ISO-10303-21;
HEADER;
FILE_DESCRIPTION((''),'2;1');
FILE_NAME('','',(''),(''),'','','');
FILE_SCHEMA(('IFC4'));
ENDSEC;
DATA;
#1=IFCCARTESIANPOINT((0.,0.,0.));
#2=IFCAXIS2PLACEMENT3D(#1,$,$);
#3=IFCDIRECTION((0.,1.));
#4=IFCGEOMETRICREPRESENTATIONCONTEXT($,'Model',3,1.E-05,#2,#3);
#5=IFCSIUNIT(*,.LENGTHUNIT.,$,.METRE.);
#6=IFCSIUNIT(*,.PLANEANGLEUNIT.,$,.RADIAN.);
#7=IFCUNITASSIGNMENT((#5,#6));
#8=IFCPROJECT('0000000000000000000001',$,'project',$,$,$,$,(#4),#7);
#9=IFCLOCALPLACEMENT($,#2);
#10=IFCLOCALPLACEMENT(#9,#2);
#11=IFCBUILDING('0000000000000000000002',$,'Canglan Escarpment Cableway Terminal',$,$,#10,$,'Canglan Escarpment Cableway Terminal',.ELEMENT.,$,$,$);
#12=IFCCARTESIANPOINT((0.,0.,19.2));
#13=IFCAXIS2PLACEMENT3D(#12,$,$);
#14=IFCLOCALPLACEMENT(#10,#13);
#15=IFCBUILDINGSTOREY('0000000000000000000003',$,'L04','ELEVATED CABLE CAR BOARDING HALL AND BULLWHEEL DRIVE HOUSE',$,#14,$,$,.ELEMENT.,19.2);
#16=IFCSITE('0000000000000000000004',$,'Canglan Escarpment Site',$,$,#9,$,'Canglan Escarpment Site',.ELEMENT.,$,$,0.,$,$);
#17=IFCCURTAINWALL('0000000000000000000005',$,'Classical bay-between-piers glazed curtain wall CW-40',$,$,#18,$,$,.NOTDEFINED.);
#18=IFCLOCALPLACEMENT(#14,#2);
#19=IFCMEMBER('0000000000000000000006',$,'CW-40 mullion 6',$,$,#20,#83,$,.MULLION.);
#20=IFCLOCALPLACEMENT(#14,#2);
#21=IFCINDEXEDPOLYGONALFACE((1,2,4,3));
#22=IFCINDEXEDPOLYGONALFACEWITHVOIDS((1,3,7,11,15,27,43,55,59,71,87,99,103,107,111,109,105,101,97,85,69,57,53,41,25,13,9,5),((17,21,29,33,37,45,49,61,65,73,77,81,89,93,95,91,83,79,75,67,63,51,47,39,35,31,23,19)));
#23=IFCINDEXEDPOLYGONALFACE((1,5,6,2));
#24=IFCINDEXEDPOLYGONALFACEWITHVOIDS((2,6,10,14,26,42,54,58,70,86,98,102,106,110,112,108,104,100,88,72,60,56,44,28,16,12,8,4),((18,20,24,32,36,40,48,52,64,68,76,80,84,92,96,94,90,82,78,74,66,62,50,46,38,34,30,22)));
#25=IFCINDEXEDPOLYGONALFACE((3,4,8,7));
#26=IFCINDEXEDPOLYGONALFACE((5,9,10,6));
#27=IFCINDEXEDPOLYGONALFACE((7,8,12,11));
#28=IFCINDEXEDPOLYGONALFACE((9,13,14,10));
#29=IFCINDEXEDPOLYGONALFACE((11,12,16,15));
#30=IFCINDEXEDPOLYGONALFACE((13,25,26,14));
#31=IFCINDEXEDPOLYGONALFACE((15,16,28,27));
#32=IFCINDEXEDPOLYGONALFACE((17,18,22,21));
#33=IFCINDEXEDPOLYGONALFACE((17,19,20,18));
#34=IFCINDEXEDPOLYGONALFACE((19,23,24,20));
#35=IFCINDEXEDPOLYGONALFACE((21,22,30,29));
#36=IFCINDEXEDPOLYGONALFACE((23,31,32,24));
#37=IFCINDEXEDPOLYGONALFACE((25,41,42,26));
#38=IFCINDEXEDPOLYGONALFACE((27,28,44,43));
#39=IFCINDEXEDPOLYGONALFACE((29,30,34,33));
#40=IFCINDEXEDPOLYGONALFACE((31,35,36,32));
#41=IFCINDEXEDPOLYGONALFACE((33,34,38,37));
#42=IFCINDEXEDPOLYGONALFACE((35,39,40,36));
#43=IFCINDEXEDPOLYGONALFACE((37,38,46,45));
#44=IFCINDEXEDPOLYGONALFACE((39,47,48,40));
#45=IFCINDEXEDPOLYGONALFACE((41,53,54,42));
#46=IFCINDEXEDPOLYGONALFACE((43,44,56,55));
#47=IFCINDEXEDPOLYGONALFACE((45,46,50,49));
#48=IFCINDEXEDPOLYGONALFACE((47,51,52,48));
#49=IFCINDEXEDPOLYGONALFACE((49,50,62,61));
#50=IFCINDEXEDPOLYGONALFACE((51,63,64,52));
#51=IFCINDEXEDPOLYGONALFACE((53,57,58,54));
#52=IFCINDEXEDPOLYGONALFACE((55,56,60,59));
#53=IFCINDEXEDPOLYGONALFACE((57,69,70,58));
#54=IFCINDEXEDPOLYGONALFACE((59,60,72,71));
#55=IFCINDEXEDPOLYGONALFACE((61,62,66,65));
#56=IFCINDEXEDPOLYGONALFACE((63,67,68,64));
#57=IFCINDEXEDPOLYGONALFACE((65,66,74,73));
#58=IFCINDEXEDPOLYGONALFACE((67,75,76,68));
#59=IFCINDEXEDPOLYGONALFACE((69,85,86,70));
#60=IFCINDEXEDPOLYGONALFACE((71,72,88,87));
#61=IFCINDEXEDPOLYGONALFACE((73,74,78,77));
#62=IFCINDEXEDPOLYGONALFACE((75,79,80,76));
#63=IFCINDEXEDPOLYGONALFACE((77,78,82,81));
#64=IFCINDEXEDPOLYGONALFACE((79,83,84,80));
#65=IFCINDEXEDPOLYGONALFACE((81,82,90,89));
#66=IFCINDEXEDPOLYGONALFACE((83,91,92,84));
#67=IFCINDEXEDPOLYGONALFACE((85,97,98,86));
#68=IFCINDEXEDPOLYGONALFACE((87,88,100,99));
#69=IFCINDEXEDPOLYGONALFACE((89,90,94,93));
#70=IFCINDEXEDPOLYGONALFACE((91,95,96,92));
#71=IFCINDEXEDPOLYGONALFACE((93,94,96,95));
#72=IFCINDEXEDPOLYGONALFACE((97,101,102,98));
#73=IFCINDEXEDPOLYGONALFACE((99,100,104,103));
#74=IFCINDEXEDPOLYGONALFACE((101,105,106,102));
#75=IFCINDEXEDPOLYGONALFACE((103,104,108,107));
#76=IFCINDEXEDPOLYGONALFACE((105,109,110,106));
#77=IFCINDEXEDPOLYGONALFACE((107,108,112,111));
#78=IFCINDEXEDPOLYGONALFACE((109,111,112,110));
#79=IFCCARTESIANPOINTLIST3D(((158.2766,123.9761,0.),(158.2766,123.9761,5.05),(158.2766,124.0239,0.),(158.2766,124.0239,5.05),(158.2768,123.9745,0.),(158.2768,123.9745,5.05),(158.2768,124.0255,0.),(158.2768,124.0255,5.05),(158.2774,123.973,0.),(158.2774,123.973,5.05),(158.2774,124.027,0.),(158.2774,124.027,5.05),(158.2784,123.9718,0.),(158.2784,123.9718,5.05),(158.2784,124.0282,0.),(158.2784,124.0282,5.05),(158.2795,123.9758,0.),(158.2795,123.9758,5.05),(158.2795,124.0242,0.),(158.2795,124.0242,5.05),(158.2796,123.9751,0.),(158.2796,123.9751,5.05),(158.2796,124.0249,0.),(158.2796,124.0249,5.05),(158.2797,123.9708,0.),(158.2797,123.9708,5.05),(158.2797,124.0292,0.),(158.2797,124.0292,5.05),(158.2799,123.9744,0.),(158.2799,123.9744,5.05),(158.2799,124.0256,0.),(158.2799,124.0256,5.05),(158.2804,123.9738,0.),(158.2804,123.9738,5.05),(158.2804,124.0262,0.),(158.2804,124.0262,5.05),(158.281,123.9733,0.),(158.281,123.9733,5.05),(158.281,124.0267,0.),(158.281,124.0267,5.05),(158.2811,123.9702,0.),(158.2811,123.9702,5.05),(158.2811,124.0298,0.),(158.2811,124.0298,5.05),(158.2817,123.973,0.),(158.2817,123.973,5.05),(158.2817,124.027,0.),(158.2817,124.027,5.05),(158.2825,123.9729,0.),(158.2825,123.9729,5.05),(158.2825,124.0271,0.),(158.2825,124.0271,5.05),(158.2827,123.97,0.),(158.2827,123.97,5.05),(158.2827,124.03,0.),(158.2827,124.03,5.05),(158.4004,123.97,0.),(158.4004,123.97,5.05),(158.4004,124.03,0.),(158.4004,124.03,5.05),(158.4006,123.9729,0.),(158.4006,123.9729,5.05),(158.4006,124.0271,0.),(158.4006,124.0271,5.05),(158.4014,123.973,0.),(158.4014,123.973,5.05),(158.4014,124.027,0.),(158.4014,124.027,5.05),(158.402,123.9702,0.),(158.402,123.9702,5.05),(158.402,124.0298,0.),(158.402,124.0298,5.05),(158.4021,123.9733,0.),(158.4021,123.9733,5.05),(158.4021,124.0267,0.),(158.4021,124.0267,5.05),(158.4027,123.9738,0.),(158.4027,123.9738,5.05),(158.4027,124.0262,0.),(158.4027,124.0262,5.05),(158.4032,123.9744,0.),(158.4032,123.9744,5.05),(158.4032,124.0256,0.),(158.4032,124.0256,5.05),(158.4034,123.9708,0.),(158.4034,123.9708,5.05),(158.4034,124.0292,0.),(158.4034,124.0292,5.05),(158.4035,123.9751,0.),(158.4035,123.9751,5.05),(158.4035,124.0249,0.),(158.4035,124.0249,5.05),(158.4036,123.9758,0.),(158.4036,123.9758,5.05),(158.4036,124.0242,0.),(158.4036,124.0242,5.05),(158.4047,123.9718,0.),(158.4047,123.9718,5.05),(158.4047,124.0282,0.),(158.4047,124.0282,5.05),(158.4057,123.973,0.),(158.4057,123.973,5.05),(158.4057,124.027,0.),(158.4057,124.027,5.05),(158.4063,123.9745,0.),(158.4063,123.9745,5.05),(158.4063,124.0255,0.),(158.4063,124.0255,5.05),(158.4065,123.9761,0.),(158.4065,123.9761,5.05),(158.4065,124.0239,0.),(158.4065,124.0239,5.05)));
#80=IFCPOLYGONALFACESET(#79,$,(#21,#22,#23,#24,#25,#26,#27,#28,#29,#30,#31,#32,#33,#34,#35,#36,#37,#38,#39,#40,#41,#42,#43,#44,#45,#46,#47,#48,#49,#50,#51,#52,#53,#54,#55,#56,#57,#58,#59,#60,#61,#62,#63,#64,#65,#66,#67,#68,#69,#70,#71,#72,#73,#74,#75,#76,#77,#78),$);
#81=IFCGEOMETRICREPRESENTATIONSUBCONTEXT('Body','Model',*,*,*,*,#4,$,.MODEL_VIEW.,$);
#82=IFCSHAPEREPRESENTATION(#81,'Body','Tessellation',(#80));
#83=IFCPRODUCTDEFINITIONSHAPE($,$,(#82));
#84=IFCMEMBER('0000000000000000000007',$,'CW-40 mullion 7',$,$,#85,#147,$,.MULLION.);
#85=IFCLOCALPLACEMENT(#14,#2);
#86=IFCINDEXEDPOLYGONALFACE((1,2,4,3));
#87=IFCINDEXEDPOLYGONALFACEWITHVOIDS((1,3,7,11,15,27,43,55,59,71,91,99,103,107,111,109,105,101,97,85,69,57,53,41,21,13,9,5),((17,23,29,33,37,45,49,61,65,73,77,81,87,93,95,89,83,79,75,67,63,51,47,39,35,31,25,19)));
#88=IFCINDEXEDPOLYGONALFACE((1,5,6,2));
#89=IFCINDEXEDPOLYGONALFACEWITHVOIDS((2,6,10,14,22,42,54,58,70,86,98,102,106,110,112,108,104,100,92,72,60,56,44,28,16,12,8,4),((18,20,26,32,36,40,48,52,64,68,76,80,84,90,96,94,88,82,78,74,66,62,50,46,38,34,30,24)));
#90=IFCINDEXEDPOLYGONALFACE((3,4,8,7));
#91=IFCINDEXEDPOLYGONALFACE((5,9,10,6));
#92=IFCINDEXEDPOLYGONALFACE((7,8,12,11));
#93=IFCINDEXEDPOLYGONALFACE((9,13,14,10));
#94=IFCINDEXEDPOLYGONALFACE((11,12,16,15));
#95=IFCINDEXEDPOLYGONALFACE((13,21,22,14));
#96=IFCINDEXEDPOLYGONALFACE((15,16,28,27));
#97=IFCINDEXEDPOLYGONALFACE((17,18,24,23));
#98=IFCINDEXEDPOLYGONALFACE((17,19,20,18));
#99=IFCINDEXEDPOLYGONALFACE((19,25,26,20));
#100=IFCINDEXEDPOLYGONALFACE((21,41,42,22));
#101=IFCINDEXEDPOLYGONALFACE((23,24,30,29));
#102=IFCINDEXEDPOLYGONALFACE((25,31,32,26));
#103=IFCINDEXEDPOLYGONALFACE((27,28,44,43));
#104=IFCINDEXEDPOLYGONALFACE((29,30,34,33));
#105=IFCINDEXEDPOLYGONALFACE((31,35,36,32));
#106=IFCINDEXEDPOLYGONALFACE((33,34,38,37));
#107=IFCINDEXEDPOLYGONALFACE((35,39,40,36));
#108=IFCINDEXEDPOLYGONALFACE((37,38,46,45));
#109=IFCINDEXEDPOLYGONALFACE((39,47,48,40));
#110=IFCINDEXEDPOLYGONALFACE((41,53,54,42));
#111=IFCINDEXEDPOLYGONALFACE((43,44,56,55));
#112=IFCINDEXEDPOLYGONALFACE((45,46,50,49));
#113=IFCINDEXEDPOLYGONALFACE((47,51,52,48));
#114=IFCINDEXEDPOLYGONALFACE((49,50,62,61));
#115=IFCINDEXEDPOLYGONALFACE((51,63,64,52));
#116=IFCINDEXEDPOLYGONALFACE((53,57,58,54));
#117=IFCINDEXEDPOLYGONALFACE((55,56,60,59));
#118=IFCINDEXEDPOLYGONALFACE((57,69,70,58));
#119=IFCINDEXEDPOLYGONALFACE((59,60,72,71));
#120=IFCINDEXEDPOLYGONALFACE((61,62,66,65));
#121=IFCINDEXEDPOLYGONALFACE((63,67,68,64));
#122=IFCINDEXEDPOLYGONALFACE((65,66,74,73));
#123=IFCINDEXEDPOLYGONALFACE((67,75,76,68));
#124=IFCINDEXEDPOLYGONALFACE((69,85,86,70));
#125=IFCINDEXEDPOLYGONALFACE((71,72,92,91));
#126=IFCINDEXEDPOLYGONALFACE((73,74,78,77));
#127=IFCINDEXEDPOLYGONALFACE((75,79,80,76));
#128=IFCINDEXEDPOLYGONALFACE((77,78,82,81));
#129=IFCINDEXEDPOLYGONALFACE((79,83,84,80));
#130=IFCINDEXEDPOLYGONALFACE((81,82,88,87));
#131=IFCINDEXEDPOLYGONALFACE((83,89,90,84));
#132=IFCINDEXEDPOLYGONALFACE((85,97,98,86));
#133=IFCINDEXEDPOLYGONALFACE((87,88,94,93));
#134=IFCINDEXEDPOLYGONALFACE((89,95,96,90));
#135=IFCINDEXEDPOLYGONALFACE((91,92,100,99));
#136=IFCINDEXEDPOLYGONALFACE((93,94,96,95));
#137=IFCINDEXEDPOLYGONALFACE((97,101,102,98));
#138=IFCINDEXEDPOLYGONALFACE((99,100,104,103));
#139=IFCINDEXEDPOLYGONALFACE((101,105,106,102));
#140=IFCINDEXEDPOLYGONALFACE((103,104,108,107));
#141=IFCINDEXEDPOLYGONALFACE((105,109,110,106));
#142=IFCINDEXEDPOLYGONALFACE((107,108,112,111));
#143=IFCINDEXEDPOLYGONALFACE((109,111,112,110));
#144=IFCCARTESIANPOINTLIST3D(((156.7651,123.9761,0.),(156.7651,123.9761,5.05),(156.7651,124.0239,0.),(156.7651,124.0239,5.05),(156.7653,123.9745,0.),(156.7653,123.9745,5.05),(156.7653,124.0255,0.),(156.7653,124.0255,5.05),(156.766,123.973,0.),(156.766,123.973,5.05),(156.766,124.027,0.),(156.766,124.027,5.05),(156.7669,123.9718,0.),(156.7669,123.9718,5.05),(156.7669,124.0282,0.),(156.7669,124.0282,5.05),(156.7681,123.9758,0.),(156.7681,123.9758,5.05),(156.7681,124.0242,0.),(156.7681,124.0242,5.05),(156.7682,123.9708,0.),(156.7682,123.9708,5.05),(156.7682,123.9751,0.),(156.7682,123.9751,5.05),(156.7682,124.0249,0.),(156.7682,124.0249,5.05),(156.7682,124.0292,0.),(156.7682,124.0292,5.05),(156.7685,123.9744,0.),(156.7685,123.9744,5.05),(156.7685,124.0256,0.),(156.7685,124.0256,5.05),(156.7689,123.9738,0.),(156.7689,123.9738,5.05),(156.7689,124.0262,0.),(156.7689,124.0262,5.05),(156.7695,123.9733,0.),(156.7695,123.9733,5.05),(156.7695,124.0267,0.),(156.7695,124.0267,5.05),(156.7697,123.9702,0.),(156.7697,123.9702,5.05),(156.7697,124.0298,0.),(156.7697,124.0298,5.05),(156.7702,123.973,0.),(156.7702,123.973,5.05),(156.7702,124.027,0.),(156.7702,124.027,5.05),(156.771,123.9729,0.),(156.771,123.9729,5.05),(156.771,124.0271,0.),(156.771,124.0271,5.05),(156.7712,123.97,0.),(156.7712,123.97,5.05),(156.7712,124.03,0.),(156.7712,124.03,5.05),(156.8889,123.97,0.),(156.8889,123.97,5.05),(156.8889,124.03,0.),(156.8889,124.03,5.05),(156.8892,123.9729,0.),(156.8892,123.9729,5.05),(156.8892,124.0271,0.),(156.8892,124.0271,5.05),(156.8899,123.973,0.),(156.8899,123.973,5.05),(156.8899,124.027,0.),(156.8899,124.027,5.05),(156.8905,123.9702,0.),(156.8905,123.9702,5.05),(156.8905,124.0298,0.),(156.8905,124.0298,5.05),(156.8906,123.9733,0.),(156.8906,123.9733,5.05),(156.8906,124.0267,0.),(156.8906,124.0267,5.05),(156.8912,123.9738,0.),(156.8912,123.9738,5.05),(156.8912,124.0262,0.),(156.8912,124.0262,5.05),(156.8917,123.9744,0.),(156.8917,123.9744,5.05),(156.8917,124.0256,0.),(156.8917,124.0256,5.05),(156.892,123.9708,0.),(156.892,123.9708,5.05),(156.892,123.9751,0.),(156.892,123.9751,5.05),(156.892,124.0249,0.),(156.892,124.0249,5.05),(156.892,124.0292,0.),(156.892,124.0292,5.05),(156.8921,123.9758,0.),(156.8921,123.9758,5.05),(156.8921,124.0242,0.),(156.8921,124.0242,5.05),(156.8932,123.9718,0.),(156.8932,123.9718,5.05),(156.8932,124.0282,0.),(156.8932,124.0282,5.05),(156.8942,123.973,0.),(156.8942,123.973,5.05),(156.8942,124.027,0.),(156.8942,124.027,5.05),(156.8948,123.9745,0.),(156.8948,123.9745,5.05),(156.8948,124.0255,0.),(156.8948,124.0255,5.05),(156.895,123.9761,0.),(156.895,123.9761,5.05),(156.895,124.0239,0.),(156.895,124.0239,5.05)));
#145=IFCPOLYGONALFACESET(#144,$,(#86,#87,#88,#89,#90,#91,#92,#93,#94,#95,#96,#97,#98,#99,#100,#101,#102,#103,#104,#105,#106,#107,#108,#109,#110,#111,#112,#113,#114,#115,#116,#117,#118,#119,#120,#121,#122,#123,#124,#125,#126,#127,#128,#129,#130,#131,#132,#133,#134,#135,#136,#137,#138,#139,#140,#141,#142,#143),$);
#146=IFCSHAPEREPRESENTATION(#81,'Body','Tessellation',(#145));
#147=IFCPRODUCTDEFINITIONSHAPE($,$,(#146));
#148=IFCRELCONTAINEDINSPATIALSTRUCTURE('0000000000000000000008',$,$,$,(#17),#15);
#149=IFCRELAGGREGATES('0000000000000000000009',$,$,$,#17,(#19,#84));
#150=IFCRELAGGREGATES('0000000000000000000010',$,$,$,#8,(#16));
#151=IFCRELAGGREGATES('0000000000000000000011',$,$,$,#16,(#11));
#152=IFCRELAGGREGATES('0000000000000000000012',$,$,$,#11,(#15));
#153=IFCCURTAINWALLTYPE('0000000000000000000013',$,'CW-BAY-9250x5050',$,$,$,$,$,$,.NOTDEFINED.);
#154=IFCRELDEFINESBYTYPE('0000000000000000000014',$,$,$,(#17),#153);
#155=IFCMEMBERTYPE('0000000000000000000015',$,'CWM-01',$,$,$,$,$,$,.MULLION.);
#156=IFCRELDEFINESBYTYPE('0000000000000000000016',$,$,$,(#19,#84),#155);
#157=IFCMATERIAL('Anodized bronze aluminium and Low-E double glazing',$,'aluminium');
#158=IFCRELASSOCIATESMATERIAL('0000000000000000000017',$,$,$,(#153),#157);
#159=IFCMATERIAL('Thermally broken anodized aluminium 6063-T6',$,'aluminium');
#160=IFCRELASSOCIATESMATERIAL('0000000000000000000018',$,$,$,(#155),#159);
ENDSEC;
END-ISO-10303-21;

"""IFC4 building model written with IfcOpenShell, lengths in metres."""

from ifc_helpers import new_model, si_unit, direction, frame, origin, origin_2d, place, context, subcontext, project, spatial, hollow_rectangle, extrude, material, material_profile, profile_set, type_object, element, aggregate, save


model = new_model("IFC4")

# Units and contexts
model_context = context("Model", 3, precision=1e-05, world=origin(), true_north=direction((0.0, 1.0)))
body_context = subcontext(model_context, "Body", "Model", "MODEL_VIEW")
ifc_project = project(units=[si_unit("LENGTHUNIT", "METRE"), si_unit("PLANEANGLEUNIT", "RADIAN")], contexts=[model_context])

# Site, building, storey
site_placement = place(None, origin())
site = spatial("IfcSite", under=ifc_project, at=site_placement, Name="Canglan Escarpment Site", LongName="Canglan Escarpment Site", CompositionType="ELEMENT", RefElevation=0.0)
building_placement = place(site_placement, origin())
building = spatial("IfcBuilding", under=site, at=building_placement, Name="Canglan Escarpment Cableway Terminal", LongName="Canglan Escarpment Cableway Terminal", CompositionType="ELEMENT")
storey_placement = place(building_placement, frame((0.0, 0.0, 19.2)))
storey = spatial("IfcBuildingStorey", under=building, at=storey_placement, Name="L04", Description="ELEVATED CABLE CAR BOARDING HALL AND BULLWHEEL DRIVE HOUSE", CompositionType="ELEMENT", Elevation=19.2)

# Curtain wall, members
ifc_material_1 = material(Name="Anodized bronze aluminium and Low-E double glazing", Category="aluminium")
curtain_wall_type = type_object("IfcCurtainWallType", Name="CW-BAY-9250x5050", PredefinedType="NOTDEFINED", material=ifc_material_1)
curtain_wall_1_placement = place(storey_placement, origin())
curtain_wall_1 = element("IfcCurtainWall", 1, at=curtain_wall_1_placement, inside=storey, type_object=curtain_wall_type, Name="Classical bay-between-piers glazed curtain wall CW-40", PredefinedType="NOTDEFINED")
ifc_material_2 = material(Name="Thermally broken anodized aluminium 6063-T6", Category="aluminium")
ifc_material_profile_1 = material_profile(ifc_material_2, hollow_rectangle(XDim=0.0601, YDim=0.1299, WallThickness=0.0029, InnerFilletRadius=0.0029, OuterFilletRadius=0.0061, at=origin_2d()), Name="ALU-MULL 60x130x3")
ifc_profile_set_1 = profile_set([ifc_material_profile_1], Name="Thermally broken anodized aluminium 6063-T6")
member_type_1 = type_object("IfcMemberType", Name="CWM-01", PredefinedType="MULLION", material=ifc_profile_set_1)
member_1_placement = place(storey_placement, frame((158.3416, 124.0, 0.0), z_axis=(0.0, 0.0, 1.0), x_axis=(0.0, -1.0, 0.0)))
member_1 = element("IfcMember", 2, at=member_1_placement, type_object=member_type_1, Name="CW-40 mullion 6", PredefinedType="MULLION", context=body_context, shape_type="SweptSolid", body=[
    extrude(hollow_rectangle(XDim=0.0601, YDim=0.1299, WallThickness=0.0029, InnerFilletRadius=0.0029, OuterFilletRadius=0.0061, at=origin_2d()), origin(), (0.0, 0.0, 1.0), 5.05),
])
member_2_placement = place(storey_placement, frame((156.8301, 124.0, 0.0), z_axis=(0.0, 0.0, 1.0), x_axis=(0.0, -1.0, 0.0)))
member_2 = element("IfcMember", 3, at=member_2_placement, type_object=member_type_1, Name="CW-40 mullion 7", PredefinedType="MULLION", context=body_context, shape_type="SweptSolid", body=[
    extrude(hollow_rectangle(XDim=0.0601, YDim=0.1299, WallThickness=0.0029, InnerFilletRadius=0.0029, OuterFilletRadius=0.0061, at=origin_2d()), origin(), (0.0, 0.0, 1.0), 5.05),
])

aggregate(curtain_wall_1, [member_1, member_2])

save(model, "model.ifc")
